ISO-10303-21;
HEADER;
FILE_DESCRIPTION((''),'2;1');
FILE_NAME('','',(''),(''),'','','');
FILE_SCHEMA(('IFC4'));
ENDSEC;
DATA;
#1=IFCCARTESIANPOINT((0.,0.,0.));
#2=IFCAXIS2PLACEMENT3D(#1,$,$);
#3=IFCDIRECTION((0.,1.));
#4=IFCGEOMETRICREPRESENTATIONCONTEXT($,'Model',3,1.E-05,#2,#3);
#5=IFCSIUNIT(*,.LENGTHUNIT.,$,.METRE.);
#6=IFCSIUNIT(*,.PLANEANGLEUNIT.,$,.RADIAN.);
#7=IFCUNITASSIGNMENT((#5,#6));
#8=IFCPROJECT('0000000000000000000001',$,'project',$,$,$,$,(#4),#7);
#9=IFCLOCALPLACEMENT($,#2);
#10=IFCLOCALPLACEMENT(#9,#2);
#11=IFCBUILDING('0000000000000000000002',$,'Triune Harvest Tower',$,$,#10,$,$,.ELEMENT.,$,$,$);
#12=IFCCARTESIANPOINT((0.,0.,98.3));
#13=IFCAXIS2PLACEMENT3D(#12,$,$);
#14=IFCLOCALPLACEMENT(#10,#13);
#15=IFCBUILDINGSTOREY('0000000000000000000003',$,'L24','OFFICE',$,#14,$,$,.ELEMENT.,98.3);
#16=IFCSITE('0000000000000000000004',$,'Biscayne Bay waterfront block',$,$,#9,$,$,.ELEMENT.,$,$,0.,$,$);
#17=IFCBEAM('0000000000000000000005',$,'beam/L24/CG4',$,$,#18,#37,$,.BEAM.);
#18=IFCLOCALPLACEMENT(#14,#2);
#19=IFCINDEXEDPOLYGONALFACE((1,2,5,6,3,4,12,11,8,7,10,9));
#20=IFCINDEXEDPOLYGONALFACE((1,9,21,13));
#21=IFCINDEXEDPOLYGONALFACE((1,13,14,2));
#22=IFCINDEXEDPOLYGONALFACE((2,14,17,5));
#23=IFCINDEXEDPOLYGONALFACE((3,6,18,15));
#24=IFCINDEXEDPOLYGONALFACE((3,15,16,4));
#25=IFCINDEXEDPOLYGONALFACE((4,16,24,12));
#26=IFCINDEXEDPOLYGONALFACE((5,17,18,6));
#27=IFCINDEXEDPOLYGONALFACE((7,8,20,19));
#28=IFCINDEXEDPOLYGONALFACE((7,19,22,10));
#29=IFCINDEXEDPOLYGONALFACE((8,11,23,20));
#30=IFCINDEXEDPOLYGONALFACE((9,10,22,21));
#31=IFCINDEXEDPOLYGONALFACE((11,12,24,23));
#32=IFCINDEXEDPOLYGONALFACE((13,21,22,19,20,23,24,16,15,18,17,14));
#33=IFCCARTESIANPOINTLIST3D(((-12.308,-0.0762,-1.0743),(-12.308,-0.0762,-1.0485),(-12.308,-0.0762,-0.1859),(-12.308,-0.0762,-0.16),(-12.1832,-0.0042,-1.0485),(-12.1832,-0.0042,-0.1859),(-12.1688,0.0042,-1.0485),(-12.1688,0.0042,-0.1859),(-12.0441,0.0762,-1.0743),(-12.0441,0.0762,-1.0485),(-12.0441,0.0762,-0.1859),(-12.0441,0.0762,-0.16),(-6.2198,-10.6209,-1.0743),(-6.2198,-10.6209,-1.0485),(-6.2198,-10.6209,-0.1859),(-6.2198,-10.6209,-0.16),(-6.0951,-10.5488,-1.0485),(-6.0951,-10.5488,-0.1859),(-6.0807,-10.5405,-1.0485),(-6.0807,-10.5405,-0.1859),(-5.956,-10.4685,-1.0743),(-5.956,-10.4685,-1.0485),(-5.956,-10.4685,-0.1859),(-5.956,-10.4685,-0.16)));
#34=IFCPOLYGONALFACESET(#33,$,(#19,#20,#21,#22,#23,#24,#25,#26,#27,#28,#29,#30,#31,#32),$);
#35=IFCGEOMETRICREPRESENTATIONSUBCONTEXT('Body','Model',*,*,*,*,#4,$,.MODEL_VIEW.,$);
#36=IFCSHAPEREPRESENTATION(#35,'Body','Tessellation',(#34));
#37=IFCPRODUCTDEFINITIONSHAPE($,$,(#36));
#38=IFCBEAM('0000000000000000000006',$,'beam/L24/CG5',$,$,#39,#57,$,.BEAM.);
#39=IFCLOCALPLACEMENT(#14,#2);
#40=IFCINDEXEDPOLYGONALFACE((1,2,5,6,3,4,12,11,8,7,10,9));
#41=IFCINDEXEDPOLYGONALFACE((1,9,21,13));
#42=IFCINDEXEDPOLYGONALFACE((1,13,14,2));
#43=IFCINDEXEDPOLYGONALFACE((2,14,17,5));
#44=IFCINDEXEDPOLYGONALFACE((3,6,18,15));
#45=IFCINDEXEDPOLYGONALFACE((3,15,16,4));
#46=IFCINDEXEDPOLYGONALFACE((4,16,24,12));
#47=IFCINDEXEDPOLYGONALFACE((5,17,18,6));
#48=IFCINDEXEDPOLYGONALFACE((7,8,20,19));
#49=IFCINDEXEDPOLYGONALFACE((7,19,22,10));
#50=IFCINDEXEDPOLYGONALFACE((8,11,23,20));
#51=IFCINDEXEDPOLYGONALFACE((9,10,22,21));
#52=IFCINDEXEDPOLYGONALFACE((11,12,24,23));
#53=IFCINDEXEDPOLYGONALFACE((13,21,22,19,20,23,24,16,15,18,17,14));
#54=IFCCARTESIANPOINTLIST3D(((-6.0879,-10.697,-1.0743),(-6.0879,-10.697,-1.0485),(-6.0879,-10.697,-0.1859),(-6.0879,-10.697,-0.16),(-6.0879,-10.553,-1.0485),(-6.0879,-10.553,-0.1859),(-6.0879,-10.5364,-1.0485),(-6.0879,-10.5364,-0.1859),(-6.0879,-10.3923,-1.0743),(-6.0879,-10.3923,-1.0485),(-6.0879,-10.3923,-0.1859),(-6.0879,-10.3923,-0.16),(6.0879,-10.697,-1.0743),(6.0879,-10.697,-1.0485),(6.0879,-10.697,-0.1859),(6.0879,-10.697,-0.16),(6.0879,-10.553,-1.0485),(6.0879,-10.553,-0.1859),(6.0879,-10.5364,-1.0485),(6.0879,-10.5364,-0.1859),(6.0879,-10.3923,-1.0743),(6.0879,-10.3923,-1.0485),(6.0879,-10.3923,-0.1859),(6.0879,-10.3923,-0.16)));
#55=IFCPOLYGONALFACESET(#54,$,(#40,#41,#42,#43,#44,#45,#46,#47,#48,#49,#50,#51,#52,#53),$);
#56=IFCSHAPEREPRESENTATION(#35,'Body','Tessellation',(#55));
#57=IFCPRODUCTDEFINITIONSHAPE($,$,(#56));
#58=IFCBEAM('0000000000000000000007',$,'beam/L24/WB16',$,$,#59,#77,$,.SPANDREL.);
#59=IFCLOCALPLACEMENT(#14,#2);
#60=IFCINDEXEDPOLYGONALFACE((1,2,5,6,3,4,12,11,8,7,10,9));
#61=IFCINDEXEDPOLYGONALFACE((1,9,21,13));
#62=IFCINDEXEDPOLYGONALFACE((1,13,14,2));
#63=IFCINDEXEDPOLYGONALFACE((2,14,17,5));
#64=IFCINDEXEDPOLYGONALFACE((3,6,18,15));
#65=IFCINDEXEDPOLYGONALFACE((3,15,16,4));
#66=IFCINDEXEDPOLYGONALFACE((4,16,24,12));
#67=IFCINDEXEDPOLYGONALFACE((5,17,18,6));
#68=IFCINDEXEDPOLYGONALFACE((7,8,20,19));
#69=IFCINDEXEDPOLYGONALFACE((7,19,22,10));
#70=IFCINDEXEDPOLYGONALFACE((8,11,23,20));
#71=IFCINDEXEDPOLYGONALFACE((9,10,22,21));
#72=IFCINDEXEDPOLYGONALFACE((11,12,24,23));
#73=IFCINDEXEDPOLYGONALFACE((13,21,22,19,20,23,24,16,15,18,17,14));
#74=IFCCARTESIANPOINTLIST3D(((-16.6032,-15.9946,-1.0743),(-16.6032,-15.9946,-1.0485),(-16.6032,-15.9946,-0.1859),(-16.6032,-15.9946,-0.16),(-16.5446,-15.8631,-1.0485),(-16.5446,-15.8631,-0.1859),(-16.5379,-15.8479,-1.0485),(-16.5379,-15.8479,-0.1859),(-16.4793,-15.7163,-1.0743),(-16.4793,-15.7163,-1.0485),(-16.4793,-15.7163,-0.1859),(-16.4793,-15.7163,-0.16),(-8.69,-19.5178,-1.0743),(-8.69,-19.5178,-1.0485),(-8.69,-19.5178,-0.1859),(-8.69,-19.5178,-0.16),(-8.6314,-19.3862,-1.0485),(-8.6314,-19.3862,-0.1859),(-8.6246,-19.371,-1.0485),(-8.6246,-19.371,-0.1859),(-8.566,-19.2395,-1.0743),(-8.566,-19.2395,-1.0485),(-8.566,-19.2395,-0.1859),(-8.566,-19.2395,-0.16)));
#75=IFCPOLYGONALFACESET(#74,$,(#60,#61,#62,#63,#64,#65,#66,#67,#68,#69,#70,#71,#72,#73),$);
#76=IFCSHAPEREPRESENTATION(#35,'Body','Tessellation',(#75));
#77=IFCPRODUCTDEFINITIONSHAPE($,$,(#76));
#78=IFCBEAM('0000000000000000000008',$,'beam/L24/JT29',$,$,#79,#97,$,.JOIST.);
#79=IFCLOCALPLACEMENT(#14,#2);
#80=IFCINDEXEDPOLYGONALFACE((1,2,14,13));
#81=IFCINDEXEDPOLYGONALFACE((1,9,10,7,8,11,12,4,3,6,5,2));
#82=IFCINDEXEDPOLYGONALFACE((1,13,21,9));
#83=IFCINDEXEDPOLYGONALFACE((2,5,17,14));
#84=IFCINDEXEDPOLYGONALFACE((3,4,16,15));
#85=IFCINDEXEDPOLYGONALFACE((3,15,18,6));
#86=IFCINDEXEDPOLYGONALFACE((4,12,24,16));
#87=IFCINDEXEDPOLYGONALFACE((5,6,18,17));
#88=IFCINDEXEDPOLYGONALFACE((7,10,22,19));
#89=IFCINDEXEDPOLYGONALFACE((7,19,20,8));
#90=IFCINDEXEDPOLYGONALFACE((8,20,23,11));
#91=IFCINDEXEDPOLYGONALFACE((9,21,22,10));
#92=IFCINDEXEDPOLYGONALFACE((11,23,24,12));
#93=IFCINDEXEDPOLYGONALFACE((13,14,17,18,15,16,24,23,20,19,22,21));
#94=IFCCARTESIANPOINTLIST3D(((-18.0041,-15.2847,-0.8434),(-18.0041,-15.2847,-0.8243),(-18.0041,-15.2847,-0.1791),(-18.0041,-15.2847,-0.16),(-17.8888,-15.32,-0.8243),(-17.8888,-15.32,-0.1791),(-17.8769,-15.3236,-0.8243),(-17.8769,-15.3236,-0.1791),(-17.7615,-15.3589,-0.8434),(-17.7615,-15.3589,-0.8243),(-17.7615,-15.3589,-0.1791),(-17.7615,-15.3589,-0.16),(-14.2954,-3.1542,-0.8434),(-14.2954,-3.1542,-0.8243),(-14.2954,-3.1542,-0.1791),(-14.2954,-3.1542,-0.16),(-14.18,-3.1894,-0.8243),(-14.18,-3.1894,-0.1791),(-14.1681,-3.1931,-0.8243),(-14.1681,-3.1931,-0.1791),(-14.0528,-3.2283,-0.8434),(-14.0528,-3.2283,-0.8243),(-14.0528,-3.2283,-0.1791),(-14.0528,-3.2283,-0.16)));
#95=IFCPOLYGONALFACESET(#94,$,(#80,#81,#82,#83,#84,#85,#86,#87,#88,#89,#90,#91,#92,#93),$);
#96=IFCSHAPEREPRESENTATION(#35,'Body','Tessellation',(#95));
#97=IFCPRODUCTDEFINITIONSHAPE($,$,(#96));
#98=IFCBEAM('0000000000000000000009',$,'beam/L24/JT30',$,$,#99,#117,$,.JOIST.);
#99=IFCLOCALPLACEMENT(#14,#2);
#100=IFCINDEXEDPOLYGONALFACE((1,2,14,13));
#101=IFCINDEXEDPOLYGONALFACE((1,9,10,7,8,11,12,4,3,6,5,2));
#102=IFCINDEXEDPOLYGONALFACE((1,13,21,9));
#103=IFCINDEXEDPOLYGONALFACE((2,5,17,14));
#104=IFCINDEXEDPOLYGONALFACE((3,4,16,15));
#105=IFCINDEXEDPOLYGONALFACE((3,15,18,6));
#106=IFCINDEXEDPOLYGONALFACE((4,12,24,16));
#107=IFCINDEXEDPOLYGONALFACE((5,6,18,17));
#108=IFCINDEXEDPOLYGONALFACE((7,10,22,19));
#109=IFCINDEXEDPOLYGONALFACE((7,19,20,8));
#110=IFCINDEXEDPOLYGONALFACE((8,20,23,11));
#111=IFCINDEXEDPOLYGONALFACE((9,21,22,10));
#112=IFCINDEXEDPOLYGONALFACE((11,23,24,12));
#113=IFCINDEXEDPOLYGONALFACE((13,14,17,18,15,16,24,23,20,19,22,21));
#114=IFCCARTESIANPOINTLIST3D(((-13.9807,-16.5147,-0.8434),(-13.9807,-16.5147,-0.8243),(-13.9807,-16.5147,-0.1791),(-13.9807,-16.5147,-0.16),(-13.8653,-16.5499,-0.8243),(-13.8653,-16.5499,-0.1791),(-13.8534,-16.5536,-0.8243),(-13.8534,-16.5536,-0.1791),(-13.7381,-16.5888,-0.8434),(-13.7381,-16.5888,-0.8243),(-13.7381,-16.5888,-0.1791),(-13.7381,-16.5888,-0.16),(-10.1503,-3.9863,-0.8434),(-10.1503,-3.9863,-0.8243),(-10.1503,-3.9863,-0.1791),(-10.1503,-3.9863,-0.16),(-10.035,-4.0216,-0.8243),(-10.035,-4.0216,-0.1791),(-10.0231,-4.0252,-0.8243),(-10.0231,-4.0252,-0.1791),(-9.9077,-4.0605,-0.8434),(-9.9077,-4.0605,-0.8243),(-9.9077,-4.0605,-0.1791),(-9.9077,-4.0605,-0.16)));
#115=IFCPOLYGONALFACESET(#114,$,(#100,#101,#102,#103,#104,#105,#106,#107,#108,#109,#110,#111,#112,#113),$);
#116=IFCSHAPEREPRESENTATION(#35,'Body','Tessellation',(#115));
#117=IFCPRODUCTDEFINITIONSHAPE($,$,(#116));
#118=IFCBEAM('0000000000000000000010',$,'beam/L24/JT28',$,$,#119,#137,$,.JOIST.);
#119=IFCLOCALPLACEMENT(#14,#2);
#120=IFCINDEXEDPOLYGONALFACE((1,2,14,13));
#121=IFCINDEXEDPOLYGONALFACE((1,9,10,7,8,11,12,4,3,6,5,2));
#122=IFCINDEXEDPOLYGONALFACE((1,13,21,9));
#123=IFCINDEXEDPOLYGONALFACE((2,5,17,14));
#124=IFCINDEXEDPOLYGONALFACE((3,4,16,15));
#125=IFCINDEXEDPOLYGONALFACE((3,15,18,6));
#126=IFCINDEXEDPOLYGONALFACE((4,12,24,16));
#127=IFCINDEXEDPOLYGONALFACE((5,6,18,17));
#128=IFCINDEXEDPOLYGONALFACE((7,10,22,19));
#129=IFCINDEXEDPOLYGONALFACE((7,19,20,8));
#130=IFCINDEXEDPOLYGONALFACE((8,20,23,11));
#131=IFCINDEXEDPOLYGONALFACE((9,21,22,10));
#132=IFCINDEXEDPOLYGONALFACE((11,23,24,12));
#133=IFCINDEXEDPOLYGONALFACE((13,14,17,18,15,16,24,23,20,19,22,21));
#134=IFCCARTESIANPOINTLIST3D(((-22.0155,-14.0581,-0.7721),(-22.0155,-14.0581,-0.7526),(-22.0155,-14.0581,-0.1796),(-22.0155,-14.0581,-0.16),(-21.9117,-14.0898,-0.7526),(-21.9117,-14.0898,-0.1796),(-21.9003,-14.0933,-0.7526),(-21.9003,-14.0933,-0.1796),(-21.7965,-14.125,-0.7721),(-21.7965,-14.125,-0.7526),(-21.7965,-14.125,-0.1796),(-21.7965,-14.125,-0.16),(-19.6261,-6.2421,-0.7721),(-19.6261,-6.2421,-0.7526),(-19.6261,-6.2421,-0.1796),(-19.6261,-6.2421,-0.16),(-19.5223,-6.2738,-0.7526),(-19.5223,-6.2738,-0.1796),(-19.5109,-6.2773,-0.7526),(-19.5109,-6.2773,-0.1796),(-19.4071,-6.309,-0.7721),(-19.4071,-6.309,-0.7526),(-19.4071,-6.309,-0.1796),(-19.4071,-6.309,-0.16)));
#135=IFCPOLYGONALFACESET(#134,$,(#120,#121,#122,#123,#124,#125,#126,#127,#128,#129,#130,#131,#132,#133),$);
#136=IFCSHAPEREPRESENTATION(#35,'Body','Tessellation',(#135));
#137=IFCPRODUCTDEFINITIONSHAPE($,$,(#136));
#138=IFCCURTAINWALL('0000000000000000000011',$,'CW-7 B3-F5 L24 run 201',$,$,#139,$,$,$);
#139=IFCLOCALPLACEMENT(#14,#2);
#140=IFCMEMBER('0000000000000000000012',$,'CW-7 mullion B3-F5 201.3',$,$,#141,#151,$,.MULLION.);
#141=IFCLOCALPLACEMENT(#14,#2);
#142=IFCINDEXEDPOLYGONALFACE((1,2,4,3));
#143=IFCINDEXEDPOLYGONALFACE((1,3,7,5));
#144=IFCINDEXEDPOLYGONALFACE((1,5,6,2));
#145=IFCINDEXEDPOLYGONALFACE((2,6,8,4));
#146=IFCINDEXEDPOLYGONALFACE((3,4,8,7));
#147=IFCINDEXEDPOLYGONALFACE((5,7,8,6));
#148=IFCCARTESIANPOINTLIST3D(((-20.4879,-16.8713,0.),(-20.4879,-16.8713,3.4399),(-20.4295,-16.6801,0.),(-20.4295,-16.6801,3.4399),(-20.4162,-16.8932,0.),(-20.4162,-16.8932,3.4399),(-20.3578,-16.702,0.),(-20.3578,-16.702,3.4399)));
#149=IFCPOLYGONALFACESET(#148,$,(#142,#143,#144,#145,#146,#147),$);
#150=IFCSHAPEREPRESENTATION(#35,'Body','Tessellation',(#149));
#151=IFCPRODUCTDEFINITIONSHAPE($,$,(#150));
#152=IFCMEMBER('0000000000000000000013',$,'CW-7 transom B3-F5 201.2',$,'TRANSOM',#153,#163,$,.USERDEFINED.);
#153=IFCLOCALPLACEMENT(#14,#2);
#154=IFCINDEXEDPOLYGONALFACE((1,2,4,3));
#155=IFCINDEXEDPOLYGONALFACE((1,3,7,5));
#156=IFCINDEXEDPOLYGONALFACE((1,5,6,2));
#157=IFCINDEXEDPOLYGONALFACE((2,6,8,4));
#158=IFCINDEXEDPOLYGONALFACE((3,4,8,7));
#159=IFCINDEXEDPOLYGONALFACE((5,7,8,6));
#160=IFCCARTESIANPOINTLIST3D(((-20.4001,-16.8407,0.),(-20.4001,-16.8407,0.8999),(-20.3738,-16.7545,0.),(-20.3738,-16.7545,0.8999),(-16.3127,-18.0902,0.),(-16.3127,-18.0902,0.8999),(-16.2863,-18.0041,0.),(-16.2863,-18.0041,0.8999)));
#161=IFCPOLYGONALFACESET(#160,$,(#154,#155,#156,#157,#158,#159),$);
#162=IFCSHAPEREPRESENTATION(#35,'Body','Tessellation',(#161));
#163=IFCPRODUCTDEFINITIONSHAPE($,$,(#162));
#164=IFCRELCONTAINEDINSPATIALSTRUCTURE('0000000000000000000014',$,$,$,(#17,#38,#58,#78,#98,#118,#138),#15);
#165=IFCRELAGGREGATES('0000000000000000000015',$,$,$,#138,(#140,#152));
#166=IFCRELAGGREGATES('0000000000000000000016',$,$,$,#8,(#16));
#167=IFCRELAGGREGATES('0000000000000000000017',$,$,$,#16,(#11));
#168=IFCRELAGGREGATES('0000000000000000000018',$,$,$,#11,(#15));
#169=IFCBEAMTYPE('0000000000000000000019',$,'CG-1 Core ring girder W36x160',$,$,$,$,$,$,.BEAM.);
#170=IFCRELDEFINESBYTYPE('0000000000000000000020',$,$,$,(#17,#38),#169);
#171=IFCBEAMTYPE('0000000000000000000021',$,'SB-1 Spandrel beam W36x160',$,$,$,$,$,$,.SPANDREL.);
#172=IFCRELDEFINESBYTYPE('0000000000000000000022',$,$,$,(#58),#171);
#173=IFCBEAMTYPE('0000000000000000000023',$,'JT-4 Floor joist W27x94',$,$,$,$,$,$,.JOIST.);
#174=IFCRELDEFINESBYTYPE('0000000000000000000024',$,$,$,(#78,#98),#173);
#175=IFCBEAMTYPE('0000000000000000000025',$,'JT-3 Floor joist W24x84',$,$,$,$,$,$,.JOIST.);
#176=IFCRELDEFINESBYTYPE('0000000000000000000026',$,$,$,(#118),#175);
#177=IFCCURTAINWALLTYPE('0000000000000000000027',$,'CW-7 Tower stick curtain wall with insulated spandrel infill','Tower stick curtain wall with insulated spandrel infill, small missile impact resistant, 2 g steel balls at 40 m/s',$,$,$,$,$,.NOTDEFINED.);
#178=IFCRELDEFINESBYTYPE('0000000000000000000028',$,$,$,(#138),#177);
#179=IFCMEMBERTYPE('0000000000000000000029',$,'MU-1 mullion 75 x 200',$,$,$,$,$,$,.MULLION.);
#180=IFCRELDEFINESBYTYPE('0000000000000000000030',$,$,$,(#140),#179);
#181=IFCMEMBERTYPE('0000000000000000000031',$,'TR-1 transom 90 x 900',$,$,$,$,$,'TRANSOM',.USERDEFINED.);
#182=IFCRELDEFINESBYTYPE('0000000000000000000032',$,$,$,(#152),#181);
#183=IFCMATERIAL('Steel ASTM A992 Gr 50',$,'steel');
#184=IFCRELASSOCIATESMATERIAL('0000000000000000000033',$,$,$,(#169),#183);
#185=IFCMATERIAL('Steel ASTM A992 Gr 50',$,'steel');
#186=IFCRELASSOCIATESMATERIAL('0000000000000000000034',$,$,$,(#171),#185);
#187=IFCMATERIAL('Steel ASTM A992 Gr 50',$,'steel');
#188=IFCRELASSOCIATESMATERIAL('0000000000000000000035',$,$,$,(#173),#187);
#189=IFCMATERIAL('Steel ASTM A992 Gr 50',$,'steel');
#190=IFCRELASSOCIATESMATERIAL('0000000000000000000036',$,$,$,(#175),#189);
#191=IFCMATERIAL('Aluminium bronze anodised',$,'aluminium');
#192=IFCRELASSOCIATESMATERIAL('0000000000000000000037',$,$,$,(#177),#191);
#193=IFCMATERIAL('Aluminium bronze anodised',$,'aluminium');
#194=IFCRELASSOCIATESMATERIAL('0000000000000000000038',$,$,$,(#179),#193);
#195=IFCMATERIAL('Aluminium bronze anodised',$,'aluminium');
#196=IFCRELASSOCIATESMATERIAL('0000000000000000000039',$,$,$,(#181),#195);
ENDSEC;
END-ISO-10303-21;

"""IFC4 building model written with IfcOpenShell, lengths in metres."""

from ifc_helpers import new_model, si_unit, direction, frame, origin, origin_2d, place, context, subcontext, project, spatial, rectangle, i_section, extrude, source, transform, mapped, material, material_profile, profile_set, type_object, element, aggregate, save


model = new_model("IFC4")

# Units and contexts
model_context = context("Model", 3, precision=1e-05, world=origin(), true_north=direction((0.0, 1.0)))
body_context = subcontext(model_context, "Body", "Model", "MODEL_VIEW")
ifc_project = project(units=[si_unit("LENGTHUNIT", "METRE"), si_unit("PLANEANGLEUNIT", "RADIAN")], contexts=[model_context])

# Site, building, storey
site_placement = place(None, origin())
site = spatial("IfcSite", under=ifc_project, at=site_placement, Name="Biscayne Bay waterfront block", CompositionType="ELEMENT", RefElevation=0.0)
building_placement = place(site_placement, origin())
building = spatial("IfcBuilding", under=site, at=building_placement, Name="Triune Harvest Tower", CompositionType="ELEMENT")
storey_placement = place(building_placement, frame((0.0, 0.0, 98.3)))
storey = spatial("IfcBuildingStorey", under=building, at=storey_placement, Name="L24", Description="OFFICE", CompositionType="ELEMENT", Elevation=98.3)

# Beams
ifc_material_1 = material(Name="Steel ASTM A992 Gr 50", Category="steel")
ifc_material_profile_1 = material_profile(ifc_material_1, i_section(OverallWidth=0.3047, OverallDepth=0.9143, WebThickness=0.0166, FlangeThickness=0.0259, at=origin_2d()), Name="W36x160")
ifc_profile_set_1 = profile_set([ifc_material_profile_1], Name="Steel ASTM A992 Gr 50")
beam_type_1 = type_object("IfcBeamType", Name="CG-1 Core ring girder W36x160", PredefinedType="BEAM", material=ifc_profile_set_1)
shared_shape_1 = source(origin(), body_context, "Body", "SweptSolid", [
    extrude(i_section(OverallWidth=0.3047, OverallDepth=0.9143, WebThickness=0.0166, FlangeThickness=0.0259, at=origin_2d()), origin(), (0.0, 0.0, 1.0), 12.176),
])
beam_1_placement = place(storey_placement, frame((-12.176, 0.0, -0.6172), z_axis=(0.50001, -0.86602, 0.0), x_axis=(0.86602, 0.50001, 0.0)))
element("IfcBeam", 1, at=beam_1_placement, inside=storey, type_object=beam_type_1, Name="beam/L24/CG4", PredefinedType="BEAM", context=body_context, shape_type="MappedRepresentation", body=[
    mapped(shared_shape_1, transform((0.0, 0.0, 0.0), scale=1.0)),
])
shared_shape_2 = source(origin(), body_context, "Body", "SweptSolid", [
    extrude(i_section(OverallWidth=0.3047, OverallDepth=0.9143, WebThickness=0.0166, FlangeThickness=0.0259, at=origin_2d()), origin(), (0.0, 0.0, 1.0), 12.1758),
])
beam_2_placement = place(storey_placement, frame((-6.0879, -10.5447, -0.6172), z_axis=(1.0, 0.0, 0.0), x_axis=(0.0, 1.0, 0.0)))
element("IfcBeam", 2, at=beam_2_placement, inside=storey, type_object=beam_type_1, Name="beam/L24/CG5", PredefinedType="BEAM", context=body_context, shape_type="MappedRepresentation", body=[
    mapped(shared_shape_2, transform((0.0, 0.0, 0.0), scale=1.0)),
])
ifc_material_2 = material(Name="Steel ASTM A992 Gr 50", Category="steel")
ifc_material_profile_2 = material_profile(ifc_material_2, i_section(OverallWidth=0.3047, OverallDepth=0.9143, WebThickness=0.0166, FlangeThickness=0.0259, at=origin_2d()), Name="W36x160")
ifc_profile_set_2 = profile_set([ifc_material_profile_2], Name="Steel ASTM A992 Gr 50")
beam_type_2 = type_object("IfcBeamType", Name="SB-1 Spandrel beam W36x160", PredefinedType="SPANDREL", material=ifc_profile_set_2)
shared_shape_3 = source(origin(), body_context, "Body", "SweptSolid", [
    extrude(i_section(OverallWidth=0.3047, OverallDepth=0.9143, WebThickness=0.0166, FlangeThickness=0.0259, at=origin_2d()), origin(), (0.0, 0.0, 1.0), 8.6621),
])
beam_3_placement = place(storey_placement, frame((-16.5413, -15.8555, -0.6172), z_axis=(0.913548, -0.406732, 0.0), x_axis=(0.406732, 0.913548, 0.0)))
element("IfcBeam", 3, at=beam_3_placement, inside=storey, type_object=beam_type_2, Name="beam/L24/WB16", PredefinedType="SPANDREL", context=body_context, shape_type="MappedRepresentation", body=[
    mapped(shared_shape_3, transform((0.0, 0.0, 0.0), scale=1.0)),
])
ifc_material_3 = material(Name="Steel ASTM A992 Gr 50", Category="steel")
ifc_material_profile_3 = material_profile(ifc_material_3, i_section(OverallWidth=0.2537, OverallDepth=0.6833, WebThickness=0.0125, FlangeThickness=0.019, at=origin_2d()), Name="W27x94")
ifc_profile_set_3 = profile_set([ifc_material_profile_3], Name="Steel ASTM A992 Gr 50")
beam_type_3 = type_object("IfcBeamType", Name="JT-4 Floor joist W27x94", PredefinedType="JOIST", material=ifc_profile_set_3)
shared_shape_4 = source(origin(), body_context, "Body", "SweptSolid", [
    extrude(i_section(OverallWidth=0.2537, OverallDepth=0.6833, WebThickness=0.0125, FlangeThickness=0.019, at=origin_2d()), origin(), (0.0, 0.0, 1.0), 12.6848),
])
beam_4_placement = place(storey_placement, frame((-17.8828, -15.3218, -0.5017), z_axis=(0.292375, 0.956304, 0.0), x_axis=(-0.956304, 0.292375, 0.0)))
element("IfcBeam", 4, at=beam_4_placement, inside=storey, type_object=beam_type_3, Name="beam/L24/JT29", PredefinedType="JOIST", context=body_context, shape_type="MappedRepresentation", body=[
    mapped(shared_shape_4, transform((0.0, 0.0, 0.0), scale=1.0)),
])
shared_shape_5 = source(origin(), body_context, "Body", "SweptSolid", [
    extrude(i_section(OverallWidth=0.2537, OverallDepth=0.6833, WebThickness=0.0125, FlangeThickness=0.019, at=origin_2d()), origin(), (0.0, 0.0, 1.0), 13.1008),
])
beam_5_placement = place(storey_placement, frame((-13.8594, -16.5518, -0.5017), z_axis=(0.292374, 0.956304, 0.0), x_axis=(-0.956304, 0.292374, 0.0)))
element("IfcBeam", 5, at=beam_5_placement, inside=storey, type_object=beam_type_3, Name="beam/L24/JT30", PredefinedType="JOIST", context=body_context, shape_type="MappedRepresentation", body=[
    mapped(shared_shape_5, transform((0.0, 0.0, 0.0), scale=1.0)),
])
ifc_material_4 = material(Name="Steel ASTM A992 Gr 50", Category="steel")
ifc_material_profile_4 = material_profile(ifc_material_4, i_section(OverallWidth=0.229, OverallDepth=0.6121, WebThickness=0.012, FlangeThickness=0.0195, at=origin_2d()), Name="W24x84")
ifc_profile_set_4 = profile_set([ifc_material_profile_4], Name="Steel ASTM A992 Gr 50")
beam_type_4 = type_object("IfcBeamType", Name="JT-3 Floor joist W24x84", PredefinedType="JOIST", material=ifc_profile_set_4)
shared_shape_6 = source(origin(), body_context, "Body", "SweptSolid", [
    extrude(i_section(OverallWidth=0.229, OverallDepth=0.6121, WebThickness=0.012, FlangeThickness=0.0195, at=origin_2d()), origin(), (0.0, 0.0, 1.0), 8.1731),
])
beam_6_placement = place(storey_placement, frame((-21.906, -14.0916, -0.4661), z_axis=(0.292354, 0.95631, 0.0), x_axis=(-0.95631, 0.292354, 0.0)))
element("IfcBeam", 6, at=beam_6_placement, inside=storey, type_object=beam_type_4, Name="beam/L24/JT28", PredefinedType="JOIST", context=body_context, shape_type="MappedRepresentation", body=[
    mapped(shared_shape_6, transform((0.0, 0.0, 0.0), scale=1.0)),
])

# Curtain wall, members
ifc_material_5 = material(Name="Aluminium bronze anodised", Category="aluminium")
curtain_wall_type = type_object("IfcCurtainWallType", Name="CW-7 Tower stick curtain wall with insulated spandrel infill", Description="Tower stick curtain wall with insulated spandrel infill, small missile impact resistant, 2 g steel balls at 40 m/s", PredefinedType="NOTDEFINED", material=ifc_material_5)
curtain_wall_placement = place(storey_placement, origin())
curtain_wall = element("IfcCurtainWall", 7, at=curtain_wall_placement, inside=storey, type_object=curtain_wall_type, Name="CW-7 B3-F5 L24 run 201")
ifc_material_6 = material(Name="Aluminium bronze anodised", Category="aluminium")
ifc_material_profile_5 = material_profile(ifc_material_6, rectangle(XDim=0.2, YDim=0.075, at=origin_2d()), Name="MU-1 mullion 75 x 200")
ifc_profile_set_5 = profile_set([ifc_material_profile_5], Name="Aluminium bronze anodised")
member_type_1 = type_object("IfcMemberType", Name="MU-1 mullion 75 x 200", PredefinedType="MULLION", material=ifc_profile_set_5)
shared_shape_7 = source(origin(), body_context, "Body", "SweptSolid", [
    extrude(rectangle(XDim=0.2, YDim=0.075, at=origin_2d()), origin(), (0.0, 0.0, 1.0), 3.4399),
])
member_1_placement = place(storey_placement, frame((-20.4229, -16.7866, 0.0), z_axis=(0.0, 0.0, 1.0), x_axis=(0.292371, 0.956305, 0.0)))
member_1 = element("IfcMember", 8, at=member_1_placement, type_object=member_type_1, Name="CW-7 mullion B3-F5 201.3", PredefinedType="MULLION", context=body_context, shape_type="MappedRepresentation", body=[
    mapped(shared_shape_7, transform((0.0, 0.0, 0.0), scale=1.0)),
])
ifc_material_7 = material(Name="Aluminium bronze anodised", Category="aluminium")
ifc_material_profile_6 = material_profile(ifc_material_7, rectangle(XDim=0.0901, YDim=0.8999, at=origin_2d()), Name="TR-1 transom 90 x 900")
ifc_profile_set_6 = profile_set([ifc_material_profile_6], Name="Aluminium bronze anodised")
member_type_2 = type_object("IfcMemberType", Name="TR-1 transom 90 x 900", ElementType="TRANSOM", PredefinedType="USERDEFINED", material=ifc_profile_set_6)
shared_shape_8 = source(origin(), body_context, "Body", "SweptSolid", [
    extrude(rectangle(XDim=0.0901, YDim=0.8999, at=origin_2d()), origin(), (0.0, 0.0, 1.0), 4.2742),
])
member_2_placement = place(storey_placement, frame((-20.387, -16.7976, 0.45), z_axis=(0.956313, -0.292343, 0.0), x_axis=(0.292343, 0.956313, 0.0)))
member_2 = element("IfcMember", 9, at=member_2_placement, type_object=member_type_2, Name="CW-7 transom B3-F5 201.2", ObjectType="TRANSOM", PredefinedType="USERDEFINED", context=body_context, shape_type="MappedRepresentation", body=[
    mapped(shared_shape_8, transform((0.0, 0.0, 0.0), scale=1.0)),
])
aggregate(curtain_wall, [member_1, member_2])

save(model, "model.ifc")
